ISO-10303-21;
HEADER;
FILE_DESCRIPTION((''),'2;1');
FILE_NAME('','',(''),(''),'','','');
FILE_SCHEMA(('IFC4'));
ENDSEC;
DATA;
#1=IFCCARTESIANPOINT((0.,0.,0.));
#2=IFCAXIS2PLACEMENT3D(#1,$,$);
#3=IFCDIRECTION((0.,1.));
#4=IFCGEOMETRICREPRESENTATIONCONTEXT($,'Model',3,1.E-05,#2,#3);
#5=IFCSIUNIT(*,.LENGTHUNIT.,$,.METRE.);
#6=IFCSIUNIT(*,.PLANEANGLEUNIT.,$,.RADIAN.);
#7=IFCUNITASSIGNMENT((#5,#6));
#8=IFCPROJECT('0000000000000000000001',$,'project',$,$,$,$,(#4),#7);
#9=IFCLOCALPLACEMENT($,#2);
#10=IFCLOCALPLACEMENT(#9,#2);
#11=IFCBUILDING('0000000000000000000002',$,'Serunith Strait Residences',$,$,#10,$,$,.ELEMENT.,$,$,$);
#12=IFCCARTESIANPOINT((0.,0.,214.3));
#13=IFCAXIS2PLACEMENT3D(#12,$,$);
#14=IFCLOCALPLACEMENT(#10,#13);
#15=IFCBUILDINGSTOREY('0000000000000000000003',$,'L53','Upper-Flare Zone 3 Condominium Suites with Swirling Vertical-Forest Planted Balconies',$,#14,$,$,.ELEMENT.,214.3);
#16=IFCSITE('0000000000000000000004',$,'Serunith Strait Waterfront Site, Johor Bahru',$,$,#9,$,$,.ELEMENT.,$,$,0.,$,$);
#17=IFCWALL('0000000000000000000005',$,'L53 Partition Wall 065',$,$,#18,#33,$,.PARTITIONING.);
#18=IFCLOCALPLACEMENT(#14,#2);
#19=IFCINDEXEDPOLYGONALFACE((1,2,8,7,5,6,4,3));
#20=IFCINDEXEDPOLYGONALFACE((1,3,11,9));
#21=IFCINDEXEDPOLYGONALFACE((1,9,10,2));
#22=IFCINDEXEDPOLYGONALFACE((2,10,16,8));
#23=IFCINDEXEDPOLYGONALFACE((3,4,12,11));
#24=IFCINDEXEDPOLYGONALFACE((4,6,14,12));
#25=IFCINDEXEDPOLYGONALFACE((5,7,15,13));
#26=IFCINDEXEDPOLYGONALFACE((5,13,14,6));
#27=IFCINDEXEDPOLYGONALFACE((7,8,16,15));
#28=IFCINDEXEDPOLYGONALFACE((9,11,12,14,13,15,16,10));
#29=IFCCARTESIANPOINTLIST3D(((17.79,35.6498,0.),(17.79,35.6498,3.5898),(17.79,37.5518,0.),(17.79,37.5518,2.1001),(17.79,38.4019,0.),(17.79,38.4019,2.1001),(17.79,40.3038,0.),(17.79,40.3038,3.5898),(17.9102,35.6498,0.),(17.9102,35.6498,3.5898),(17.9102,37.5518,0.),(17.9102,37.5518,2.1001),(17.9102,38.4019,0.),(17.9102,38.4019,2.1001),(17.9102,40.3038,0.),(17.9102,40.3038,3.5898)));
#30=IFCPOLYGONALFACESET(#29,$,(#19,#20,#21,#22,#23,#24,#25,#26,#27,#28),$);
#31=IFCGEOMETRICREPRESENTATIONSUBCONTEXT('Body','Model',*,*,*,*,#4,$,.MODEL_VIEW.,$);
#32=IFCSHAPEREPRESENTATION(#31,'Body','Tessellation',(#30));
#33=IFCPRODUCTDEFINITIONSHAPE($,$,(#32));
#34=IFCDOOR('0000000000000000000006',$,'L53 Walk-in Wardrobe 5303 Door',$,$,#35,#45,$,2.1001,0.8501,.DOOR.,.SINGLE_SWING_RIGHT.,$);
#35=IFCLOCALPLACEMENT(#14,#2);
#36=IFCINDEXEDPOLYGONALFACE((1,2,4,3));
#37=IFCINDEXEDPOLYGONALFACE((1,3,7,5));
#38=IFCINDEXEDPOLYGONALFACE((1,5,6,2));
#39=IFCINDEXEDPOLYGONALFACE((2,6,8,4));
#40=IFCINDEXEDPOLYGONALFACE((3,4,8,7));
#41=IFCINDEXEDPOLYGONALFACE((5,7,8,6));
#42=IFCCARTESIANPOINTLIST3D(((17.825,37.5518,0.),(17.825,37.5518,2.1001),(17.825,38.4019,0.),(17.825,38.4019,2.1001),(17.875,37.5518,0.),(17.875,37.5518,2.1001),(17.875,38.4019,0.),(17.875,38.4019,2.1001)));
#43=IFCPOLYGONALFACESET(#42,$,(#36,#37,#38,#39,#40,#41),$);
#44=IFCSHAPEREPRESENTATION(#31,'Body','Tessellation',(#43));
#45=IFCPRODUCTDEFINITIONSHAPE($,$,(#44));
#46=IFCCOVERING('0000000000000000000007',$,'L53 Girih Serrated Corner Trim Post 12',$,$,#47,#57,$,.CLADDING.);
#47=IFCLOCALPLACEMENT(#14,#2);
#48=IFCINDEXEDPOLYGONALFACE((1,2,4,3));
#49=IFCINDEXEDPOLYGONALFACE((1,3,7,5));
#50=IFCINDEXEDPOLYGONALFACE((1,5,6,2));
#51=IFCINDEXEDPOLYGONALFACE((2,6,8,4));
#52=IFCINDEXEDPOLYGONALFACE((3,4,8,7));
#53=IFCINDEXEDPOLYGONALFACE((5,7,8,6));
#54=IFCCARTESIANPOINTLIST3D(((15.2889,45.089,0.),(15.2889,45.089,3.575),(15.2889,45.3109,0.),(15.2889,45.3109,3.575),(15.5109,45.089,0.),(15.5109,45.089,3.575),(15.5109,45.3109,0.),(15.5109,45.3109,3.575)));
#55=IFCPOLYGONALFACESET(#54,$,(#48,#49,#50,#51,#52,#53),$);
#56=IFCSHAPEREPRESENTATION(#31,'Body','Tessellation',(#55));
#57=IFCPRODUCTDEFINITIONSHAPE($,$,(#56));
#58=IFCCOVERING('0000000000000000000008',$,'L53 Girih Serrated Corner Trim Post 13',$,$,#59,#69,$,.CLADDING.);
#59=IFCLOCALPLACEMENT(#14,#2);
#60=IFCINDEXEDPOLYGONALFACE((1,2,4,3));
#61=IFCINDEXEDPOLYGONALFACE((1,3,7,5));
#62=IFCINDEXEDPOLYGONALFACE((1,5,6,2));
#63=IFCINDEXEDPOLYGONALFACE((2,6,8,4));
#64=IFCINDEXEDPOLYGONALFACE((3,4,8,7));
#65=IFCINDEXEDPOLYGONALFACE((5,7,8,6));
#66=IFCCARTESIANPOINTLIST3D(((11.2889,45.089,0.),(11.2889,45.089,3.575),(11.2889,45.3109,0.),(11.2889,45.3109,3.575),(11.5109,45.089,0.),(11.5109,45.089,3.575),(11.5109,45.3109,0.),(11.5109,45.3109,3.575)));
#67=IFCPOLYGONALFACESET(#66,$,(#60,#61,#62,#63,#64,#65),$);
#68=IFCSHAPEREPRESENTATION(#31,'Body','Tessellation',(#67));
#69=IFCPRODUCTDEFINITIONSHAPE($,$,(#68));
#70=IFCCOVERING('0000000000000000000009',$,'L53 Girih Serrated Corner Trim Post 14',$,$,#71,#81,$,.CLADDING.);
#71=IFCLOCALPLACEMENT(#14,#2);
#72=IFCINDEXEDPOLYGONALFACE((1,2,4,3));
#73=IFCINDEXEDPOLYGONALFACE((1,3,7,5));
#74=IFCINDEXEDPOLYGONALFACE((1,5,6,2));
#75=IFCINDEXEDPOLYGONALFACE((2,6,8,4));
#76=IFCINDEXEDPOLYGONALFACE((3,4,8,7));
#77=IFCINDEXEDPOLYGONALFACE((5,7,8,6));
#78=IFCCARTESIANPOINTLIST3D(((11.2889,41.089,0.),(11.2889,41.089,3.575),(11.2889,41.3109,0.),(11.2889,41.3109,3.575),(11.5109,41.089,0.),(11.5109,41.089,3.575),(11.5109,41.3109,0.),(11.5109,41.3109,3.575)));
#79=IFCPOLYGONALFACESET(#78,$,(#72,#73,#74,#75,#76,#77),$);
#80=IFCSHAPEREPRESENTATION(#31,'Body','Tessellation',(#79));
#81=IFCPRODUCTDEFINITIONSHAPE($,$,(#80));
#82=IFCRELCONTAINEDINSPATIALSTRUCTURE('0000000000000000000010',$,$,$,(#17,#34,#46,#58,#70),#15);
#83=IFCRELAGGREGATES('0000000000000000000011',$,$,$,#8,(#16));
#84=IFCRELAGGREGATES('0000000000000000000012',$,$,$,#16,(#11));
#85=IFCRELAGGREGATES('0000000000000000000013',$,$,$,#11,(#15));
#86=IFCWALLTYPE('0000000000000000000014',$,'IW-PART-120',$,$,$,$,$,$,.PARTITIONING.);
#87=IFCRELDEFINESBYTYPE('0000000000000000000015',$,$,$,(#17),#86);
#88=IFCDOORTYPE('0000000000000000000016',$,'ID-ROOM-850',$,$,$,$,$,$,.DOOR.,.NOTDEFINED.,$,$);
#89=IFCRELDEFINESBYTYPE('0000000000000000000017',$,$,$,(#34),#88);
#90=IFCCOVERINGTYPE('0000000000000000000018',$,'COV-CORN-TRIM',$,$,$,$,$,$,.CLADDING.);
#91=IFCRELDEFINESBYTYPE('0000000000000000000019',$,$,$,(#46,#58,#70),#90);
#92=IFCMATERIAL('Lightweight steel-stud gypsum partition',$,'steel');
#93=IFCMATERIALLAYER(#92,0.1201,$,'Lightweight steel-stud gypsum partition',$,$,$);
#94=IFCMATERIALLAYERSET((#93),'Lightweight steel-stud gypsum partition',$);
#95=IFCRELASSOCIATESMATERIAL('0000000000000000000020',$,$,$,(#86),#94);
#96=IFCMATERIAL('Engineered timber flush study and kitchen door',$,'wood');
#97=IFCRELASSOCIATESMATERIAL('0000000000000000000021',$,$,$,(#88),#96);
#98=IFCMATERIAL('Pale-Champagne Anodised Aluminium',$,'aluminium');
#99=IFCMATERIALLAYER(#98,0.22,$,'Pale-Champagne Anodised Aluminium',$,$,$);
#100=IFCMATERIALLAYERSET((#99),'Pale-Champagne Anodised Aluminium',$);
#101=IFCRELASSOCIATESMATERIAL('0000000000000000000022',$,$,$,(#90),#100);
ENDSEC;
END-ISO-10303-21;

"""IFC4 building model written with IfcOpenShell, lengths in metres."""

from ifc_helpers import new_model, si_unit, direction, frame, frame_2d, origin, origin_2d, place, context, subcontext, project, spatial, rectangle, extrude, source, transform, mapped, material, layer, layer_set, type_object, element, fill, save


model = new_model("IFC4")

# Units and contexts
model_context = context("Model", 3, precision=1e-05, world=origin(), true_north=direction((0.0, 1.0)))
body_context = subcontext(model_context, "Body", "Model", "MODEL_VIEW")
ifc_project = project(units=[si_unit("LENGTHUNIT", "METRE"), si_unit("PLANEANGLEUNIT", "RADIAN")], contexts=[model_context])

# Site, building, storey
site_placement = place(None, origin())
site = spatial("IfcSite", under=ifc_project, at=site_placement, Name="Serunith Strait Waterfront Site, Johor Bahru", CompositionType="ELEMENT", RefElevation=0.0)
building_placement = place(site_placement, origin())
building = spatial("IfcBuilding", under=site, at=building_placement, Name="Serunith Strait Residences", CompositionType="ELEMENT")
storey_placement = place(building_placement, frame((0.0, 0.0, 214.3)))
storey = spatial("IfcBuildingStorey", under=building, at=storey_placement, Name="L53", Description="Upper-Flare Zone 3 Condominium Suites with Swirling Vertical-Forest Planted Balconies", CompositionType="ELEMENT", Elevation=214.3)

# Shared definitions
ifc_material_1 = material(Name="Pale-Champagne Anodised Aluminium", Category="aluminium")

# Shared definitions
ifc_material_2 = material(Name="Lightweight steel-stud gypsum partition", Category="steel")
ifc_layer_1 = layer(ifc_material_2, 0.1201, Name="Lightweight steel-stud gypsum partition")
ifc_layer_set_1 = layer_set([ifc_layer_1], Name="Lightweight steel-stud gypsum partition")
wall_type_1 = type_object("IfcWallType", Name="IW-PART-120", PredefinedType="PARTITIONING", material=ifc_layer_set_1)

# Wall, opening, door
wall_1_placement = place(storey_placement, frame((17.8501, 40.304, 0.0), z_axis=(0.0, 0.0, 1.0), x_axis=(0.0, -1.0, 0.0)))
wall_1 = element("IfcWall", 1, at=wall_1_placement, inside=storey, type_object=wall_type_1, Name="L53 Partition Wall 065", PredefinedType="PARTITIONING", context=body_context, shape_type="SweptSolid", body=[
    extrude(rectangle(XDim=4.6541, YDim=0.1201, at=frame_2d((2.3271, 0.0))), origin(), (0.0, 0.0, 1.0), 3.5898),
])
opening_1_placement = place(wall_1_placement, frame((1.9021, 0.0, 0.0)))
opening_1 = element("IfcOpeningElement", 2, at=opening_1_placement, cuts=wall_1, PredefinedType="OPENING", context=body_context, shape_type="SweptSolid", body=[
    extrude(rectangle(XDim=0.8501, YDim=2.1001, at=frame_2d((0.425, 1.05))), frame((0.0, 0.0701, 0.0), z_axis=(0.0, -1.0, 0.0), x_axis=(1.0, 0.0, 0.0)), (0.0, 0.0, 1.0), 0.1401),
])
ifc_material_3 = material(Name="Engineered timber flush study and kitchen door", Category="wood")
door_type_1 = type_object("IfcDoorType", Name="ID-ROOM-850", OperationType="NOTDEFINED", PredefinedType="DOOR", material=ifc_material_3)
shared_shape_1 = source(origin(), body_context, "Body", "SweptSolid", [
    extrude(rectangle(XDim=0.8501, YDim=2.1001, at=frame_2d((0.425, 1.05))), frame((0.0, 0.0249, 0.0), z_axis=(0.0, -1.0, 0.0), x_axis=(1.0, 0.0, 0.0)), (0.0, 0.0, 1.0), 0.05),
])
door_1_placement = place(opening_1_placement, origin())
door_1 = element("IfcDoor", 3, at=door_1_placement, inside=storey, type_object=door_type_1, Name="L53 Walk-in Wardrobe 5303 Door", OperationType="SINGLE_SWING_RIGHT", OverallHeight=2.1001, OverallWidth=0.8501, PredefinedType="DOOR", context=body_context, shape_type="MappedRepresentation", body=[
    mapped(shared_shape_1, transform((0.0, 0.0, 0.0), scale=1.0)),
])
fill(opening_1, door_1)

# Coverings
ifc_layer_2 = layer(ifc_material_1, 0.22, Name="Pale-Champagne Anodised Aluminium")
ifc_layer_set_2 = layer_set([ifc_layer_2], Name="Pale-Champagne Anodised Aluminium")
covering_type = type_object("IfcCoveringType", Name="COV-CORN-TRIM", PredefinedType="CLADDING", material=ifc_layer_set_2)
shared_shape_2 = source(origin(), body_context, "Body", "SweptSolid", [
    extrude(rectangle(XDim=0.2219, YDim=0.2219, at=origin_2d()), origin(), (0.0, 0.0, 1.0), 3.575),
])
for number, where, z_axis, x_axis, name in (
    (4, (15.3999, 45.2, 0.0), (0.0, 0.0, 1.0), (1.0, 0.0, 0.0), "L53 Girih Serrated Corner Trim Post 12"),
    (5, (11.3999, 45.2, 0.0), (0.0, 0.0, 1.0), (1.0, 0.0, 0.0), "L53 Girih Serrated Corner Trim Post 13"),
    (6, (11.3999, 41.2, 0.0), (0.0, 0.0, 1.0), (1.0, 0.0, 0.0), "L53 Girih Serrated Corner Trim Post 14"),
):
    element("IfcCovering", number, at=place(storey_placement, frame(where, z_axis=z_axis, x_axis=x_axis)), inside=storey, type_object=covering_type, Name=name, PredefinedType="CLADDING", context=body_context, shape_type="MappedRepresentation", body=[
        mapped(shared_shape_2, transform((0.0, 0.0, 0.0), scale=1.0)),
    ])

save(model, "model.ifc")
